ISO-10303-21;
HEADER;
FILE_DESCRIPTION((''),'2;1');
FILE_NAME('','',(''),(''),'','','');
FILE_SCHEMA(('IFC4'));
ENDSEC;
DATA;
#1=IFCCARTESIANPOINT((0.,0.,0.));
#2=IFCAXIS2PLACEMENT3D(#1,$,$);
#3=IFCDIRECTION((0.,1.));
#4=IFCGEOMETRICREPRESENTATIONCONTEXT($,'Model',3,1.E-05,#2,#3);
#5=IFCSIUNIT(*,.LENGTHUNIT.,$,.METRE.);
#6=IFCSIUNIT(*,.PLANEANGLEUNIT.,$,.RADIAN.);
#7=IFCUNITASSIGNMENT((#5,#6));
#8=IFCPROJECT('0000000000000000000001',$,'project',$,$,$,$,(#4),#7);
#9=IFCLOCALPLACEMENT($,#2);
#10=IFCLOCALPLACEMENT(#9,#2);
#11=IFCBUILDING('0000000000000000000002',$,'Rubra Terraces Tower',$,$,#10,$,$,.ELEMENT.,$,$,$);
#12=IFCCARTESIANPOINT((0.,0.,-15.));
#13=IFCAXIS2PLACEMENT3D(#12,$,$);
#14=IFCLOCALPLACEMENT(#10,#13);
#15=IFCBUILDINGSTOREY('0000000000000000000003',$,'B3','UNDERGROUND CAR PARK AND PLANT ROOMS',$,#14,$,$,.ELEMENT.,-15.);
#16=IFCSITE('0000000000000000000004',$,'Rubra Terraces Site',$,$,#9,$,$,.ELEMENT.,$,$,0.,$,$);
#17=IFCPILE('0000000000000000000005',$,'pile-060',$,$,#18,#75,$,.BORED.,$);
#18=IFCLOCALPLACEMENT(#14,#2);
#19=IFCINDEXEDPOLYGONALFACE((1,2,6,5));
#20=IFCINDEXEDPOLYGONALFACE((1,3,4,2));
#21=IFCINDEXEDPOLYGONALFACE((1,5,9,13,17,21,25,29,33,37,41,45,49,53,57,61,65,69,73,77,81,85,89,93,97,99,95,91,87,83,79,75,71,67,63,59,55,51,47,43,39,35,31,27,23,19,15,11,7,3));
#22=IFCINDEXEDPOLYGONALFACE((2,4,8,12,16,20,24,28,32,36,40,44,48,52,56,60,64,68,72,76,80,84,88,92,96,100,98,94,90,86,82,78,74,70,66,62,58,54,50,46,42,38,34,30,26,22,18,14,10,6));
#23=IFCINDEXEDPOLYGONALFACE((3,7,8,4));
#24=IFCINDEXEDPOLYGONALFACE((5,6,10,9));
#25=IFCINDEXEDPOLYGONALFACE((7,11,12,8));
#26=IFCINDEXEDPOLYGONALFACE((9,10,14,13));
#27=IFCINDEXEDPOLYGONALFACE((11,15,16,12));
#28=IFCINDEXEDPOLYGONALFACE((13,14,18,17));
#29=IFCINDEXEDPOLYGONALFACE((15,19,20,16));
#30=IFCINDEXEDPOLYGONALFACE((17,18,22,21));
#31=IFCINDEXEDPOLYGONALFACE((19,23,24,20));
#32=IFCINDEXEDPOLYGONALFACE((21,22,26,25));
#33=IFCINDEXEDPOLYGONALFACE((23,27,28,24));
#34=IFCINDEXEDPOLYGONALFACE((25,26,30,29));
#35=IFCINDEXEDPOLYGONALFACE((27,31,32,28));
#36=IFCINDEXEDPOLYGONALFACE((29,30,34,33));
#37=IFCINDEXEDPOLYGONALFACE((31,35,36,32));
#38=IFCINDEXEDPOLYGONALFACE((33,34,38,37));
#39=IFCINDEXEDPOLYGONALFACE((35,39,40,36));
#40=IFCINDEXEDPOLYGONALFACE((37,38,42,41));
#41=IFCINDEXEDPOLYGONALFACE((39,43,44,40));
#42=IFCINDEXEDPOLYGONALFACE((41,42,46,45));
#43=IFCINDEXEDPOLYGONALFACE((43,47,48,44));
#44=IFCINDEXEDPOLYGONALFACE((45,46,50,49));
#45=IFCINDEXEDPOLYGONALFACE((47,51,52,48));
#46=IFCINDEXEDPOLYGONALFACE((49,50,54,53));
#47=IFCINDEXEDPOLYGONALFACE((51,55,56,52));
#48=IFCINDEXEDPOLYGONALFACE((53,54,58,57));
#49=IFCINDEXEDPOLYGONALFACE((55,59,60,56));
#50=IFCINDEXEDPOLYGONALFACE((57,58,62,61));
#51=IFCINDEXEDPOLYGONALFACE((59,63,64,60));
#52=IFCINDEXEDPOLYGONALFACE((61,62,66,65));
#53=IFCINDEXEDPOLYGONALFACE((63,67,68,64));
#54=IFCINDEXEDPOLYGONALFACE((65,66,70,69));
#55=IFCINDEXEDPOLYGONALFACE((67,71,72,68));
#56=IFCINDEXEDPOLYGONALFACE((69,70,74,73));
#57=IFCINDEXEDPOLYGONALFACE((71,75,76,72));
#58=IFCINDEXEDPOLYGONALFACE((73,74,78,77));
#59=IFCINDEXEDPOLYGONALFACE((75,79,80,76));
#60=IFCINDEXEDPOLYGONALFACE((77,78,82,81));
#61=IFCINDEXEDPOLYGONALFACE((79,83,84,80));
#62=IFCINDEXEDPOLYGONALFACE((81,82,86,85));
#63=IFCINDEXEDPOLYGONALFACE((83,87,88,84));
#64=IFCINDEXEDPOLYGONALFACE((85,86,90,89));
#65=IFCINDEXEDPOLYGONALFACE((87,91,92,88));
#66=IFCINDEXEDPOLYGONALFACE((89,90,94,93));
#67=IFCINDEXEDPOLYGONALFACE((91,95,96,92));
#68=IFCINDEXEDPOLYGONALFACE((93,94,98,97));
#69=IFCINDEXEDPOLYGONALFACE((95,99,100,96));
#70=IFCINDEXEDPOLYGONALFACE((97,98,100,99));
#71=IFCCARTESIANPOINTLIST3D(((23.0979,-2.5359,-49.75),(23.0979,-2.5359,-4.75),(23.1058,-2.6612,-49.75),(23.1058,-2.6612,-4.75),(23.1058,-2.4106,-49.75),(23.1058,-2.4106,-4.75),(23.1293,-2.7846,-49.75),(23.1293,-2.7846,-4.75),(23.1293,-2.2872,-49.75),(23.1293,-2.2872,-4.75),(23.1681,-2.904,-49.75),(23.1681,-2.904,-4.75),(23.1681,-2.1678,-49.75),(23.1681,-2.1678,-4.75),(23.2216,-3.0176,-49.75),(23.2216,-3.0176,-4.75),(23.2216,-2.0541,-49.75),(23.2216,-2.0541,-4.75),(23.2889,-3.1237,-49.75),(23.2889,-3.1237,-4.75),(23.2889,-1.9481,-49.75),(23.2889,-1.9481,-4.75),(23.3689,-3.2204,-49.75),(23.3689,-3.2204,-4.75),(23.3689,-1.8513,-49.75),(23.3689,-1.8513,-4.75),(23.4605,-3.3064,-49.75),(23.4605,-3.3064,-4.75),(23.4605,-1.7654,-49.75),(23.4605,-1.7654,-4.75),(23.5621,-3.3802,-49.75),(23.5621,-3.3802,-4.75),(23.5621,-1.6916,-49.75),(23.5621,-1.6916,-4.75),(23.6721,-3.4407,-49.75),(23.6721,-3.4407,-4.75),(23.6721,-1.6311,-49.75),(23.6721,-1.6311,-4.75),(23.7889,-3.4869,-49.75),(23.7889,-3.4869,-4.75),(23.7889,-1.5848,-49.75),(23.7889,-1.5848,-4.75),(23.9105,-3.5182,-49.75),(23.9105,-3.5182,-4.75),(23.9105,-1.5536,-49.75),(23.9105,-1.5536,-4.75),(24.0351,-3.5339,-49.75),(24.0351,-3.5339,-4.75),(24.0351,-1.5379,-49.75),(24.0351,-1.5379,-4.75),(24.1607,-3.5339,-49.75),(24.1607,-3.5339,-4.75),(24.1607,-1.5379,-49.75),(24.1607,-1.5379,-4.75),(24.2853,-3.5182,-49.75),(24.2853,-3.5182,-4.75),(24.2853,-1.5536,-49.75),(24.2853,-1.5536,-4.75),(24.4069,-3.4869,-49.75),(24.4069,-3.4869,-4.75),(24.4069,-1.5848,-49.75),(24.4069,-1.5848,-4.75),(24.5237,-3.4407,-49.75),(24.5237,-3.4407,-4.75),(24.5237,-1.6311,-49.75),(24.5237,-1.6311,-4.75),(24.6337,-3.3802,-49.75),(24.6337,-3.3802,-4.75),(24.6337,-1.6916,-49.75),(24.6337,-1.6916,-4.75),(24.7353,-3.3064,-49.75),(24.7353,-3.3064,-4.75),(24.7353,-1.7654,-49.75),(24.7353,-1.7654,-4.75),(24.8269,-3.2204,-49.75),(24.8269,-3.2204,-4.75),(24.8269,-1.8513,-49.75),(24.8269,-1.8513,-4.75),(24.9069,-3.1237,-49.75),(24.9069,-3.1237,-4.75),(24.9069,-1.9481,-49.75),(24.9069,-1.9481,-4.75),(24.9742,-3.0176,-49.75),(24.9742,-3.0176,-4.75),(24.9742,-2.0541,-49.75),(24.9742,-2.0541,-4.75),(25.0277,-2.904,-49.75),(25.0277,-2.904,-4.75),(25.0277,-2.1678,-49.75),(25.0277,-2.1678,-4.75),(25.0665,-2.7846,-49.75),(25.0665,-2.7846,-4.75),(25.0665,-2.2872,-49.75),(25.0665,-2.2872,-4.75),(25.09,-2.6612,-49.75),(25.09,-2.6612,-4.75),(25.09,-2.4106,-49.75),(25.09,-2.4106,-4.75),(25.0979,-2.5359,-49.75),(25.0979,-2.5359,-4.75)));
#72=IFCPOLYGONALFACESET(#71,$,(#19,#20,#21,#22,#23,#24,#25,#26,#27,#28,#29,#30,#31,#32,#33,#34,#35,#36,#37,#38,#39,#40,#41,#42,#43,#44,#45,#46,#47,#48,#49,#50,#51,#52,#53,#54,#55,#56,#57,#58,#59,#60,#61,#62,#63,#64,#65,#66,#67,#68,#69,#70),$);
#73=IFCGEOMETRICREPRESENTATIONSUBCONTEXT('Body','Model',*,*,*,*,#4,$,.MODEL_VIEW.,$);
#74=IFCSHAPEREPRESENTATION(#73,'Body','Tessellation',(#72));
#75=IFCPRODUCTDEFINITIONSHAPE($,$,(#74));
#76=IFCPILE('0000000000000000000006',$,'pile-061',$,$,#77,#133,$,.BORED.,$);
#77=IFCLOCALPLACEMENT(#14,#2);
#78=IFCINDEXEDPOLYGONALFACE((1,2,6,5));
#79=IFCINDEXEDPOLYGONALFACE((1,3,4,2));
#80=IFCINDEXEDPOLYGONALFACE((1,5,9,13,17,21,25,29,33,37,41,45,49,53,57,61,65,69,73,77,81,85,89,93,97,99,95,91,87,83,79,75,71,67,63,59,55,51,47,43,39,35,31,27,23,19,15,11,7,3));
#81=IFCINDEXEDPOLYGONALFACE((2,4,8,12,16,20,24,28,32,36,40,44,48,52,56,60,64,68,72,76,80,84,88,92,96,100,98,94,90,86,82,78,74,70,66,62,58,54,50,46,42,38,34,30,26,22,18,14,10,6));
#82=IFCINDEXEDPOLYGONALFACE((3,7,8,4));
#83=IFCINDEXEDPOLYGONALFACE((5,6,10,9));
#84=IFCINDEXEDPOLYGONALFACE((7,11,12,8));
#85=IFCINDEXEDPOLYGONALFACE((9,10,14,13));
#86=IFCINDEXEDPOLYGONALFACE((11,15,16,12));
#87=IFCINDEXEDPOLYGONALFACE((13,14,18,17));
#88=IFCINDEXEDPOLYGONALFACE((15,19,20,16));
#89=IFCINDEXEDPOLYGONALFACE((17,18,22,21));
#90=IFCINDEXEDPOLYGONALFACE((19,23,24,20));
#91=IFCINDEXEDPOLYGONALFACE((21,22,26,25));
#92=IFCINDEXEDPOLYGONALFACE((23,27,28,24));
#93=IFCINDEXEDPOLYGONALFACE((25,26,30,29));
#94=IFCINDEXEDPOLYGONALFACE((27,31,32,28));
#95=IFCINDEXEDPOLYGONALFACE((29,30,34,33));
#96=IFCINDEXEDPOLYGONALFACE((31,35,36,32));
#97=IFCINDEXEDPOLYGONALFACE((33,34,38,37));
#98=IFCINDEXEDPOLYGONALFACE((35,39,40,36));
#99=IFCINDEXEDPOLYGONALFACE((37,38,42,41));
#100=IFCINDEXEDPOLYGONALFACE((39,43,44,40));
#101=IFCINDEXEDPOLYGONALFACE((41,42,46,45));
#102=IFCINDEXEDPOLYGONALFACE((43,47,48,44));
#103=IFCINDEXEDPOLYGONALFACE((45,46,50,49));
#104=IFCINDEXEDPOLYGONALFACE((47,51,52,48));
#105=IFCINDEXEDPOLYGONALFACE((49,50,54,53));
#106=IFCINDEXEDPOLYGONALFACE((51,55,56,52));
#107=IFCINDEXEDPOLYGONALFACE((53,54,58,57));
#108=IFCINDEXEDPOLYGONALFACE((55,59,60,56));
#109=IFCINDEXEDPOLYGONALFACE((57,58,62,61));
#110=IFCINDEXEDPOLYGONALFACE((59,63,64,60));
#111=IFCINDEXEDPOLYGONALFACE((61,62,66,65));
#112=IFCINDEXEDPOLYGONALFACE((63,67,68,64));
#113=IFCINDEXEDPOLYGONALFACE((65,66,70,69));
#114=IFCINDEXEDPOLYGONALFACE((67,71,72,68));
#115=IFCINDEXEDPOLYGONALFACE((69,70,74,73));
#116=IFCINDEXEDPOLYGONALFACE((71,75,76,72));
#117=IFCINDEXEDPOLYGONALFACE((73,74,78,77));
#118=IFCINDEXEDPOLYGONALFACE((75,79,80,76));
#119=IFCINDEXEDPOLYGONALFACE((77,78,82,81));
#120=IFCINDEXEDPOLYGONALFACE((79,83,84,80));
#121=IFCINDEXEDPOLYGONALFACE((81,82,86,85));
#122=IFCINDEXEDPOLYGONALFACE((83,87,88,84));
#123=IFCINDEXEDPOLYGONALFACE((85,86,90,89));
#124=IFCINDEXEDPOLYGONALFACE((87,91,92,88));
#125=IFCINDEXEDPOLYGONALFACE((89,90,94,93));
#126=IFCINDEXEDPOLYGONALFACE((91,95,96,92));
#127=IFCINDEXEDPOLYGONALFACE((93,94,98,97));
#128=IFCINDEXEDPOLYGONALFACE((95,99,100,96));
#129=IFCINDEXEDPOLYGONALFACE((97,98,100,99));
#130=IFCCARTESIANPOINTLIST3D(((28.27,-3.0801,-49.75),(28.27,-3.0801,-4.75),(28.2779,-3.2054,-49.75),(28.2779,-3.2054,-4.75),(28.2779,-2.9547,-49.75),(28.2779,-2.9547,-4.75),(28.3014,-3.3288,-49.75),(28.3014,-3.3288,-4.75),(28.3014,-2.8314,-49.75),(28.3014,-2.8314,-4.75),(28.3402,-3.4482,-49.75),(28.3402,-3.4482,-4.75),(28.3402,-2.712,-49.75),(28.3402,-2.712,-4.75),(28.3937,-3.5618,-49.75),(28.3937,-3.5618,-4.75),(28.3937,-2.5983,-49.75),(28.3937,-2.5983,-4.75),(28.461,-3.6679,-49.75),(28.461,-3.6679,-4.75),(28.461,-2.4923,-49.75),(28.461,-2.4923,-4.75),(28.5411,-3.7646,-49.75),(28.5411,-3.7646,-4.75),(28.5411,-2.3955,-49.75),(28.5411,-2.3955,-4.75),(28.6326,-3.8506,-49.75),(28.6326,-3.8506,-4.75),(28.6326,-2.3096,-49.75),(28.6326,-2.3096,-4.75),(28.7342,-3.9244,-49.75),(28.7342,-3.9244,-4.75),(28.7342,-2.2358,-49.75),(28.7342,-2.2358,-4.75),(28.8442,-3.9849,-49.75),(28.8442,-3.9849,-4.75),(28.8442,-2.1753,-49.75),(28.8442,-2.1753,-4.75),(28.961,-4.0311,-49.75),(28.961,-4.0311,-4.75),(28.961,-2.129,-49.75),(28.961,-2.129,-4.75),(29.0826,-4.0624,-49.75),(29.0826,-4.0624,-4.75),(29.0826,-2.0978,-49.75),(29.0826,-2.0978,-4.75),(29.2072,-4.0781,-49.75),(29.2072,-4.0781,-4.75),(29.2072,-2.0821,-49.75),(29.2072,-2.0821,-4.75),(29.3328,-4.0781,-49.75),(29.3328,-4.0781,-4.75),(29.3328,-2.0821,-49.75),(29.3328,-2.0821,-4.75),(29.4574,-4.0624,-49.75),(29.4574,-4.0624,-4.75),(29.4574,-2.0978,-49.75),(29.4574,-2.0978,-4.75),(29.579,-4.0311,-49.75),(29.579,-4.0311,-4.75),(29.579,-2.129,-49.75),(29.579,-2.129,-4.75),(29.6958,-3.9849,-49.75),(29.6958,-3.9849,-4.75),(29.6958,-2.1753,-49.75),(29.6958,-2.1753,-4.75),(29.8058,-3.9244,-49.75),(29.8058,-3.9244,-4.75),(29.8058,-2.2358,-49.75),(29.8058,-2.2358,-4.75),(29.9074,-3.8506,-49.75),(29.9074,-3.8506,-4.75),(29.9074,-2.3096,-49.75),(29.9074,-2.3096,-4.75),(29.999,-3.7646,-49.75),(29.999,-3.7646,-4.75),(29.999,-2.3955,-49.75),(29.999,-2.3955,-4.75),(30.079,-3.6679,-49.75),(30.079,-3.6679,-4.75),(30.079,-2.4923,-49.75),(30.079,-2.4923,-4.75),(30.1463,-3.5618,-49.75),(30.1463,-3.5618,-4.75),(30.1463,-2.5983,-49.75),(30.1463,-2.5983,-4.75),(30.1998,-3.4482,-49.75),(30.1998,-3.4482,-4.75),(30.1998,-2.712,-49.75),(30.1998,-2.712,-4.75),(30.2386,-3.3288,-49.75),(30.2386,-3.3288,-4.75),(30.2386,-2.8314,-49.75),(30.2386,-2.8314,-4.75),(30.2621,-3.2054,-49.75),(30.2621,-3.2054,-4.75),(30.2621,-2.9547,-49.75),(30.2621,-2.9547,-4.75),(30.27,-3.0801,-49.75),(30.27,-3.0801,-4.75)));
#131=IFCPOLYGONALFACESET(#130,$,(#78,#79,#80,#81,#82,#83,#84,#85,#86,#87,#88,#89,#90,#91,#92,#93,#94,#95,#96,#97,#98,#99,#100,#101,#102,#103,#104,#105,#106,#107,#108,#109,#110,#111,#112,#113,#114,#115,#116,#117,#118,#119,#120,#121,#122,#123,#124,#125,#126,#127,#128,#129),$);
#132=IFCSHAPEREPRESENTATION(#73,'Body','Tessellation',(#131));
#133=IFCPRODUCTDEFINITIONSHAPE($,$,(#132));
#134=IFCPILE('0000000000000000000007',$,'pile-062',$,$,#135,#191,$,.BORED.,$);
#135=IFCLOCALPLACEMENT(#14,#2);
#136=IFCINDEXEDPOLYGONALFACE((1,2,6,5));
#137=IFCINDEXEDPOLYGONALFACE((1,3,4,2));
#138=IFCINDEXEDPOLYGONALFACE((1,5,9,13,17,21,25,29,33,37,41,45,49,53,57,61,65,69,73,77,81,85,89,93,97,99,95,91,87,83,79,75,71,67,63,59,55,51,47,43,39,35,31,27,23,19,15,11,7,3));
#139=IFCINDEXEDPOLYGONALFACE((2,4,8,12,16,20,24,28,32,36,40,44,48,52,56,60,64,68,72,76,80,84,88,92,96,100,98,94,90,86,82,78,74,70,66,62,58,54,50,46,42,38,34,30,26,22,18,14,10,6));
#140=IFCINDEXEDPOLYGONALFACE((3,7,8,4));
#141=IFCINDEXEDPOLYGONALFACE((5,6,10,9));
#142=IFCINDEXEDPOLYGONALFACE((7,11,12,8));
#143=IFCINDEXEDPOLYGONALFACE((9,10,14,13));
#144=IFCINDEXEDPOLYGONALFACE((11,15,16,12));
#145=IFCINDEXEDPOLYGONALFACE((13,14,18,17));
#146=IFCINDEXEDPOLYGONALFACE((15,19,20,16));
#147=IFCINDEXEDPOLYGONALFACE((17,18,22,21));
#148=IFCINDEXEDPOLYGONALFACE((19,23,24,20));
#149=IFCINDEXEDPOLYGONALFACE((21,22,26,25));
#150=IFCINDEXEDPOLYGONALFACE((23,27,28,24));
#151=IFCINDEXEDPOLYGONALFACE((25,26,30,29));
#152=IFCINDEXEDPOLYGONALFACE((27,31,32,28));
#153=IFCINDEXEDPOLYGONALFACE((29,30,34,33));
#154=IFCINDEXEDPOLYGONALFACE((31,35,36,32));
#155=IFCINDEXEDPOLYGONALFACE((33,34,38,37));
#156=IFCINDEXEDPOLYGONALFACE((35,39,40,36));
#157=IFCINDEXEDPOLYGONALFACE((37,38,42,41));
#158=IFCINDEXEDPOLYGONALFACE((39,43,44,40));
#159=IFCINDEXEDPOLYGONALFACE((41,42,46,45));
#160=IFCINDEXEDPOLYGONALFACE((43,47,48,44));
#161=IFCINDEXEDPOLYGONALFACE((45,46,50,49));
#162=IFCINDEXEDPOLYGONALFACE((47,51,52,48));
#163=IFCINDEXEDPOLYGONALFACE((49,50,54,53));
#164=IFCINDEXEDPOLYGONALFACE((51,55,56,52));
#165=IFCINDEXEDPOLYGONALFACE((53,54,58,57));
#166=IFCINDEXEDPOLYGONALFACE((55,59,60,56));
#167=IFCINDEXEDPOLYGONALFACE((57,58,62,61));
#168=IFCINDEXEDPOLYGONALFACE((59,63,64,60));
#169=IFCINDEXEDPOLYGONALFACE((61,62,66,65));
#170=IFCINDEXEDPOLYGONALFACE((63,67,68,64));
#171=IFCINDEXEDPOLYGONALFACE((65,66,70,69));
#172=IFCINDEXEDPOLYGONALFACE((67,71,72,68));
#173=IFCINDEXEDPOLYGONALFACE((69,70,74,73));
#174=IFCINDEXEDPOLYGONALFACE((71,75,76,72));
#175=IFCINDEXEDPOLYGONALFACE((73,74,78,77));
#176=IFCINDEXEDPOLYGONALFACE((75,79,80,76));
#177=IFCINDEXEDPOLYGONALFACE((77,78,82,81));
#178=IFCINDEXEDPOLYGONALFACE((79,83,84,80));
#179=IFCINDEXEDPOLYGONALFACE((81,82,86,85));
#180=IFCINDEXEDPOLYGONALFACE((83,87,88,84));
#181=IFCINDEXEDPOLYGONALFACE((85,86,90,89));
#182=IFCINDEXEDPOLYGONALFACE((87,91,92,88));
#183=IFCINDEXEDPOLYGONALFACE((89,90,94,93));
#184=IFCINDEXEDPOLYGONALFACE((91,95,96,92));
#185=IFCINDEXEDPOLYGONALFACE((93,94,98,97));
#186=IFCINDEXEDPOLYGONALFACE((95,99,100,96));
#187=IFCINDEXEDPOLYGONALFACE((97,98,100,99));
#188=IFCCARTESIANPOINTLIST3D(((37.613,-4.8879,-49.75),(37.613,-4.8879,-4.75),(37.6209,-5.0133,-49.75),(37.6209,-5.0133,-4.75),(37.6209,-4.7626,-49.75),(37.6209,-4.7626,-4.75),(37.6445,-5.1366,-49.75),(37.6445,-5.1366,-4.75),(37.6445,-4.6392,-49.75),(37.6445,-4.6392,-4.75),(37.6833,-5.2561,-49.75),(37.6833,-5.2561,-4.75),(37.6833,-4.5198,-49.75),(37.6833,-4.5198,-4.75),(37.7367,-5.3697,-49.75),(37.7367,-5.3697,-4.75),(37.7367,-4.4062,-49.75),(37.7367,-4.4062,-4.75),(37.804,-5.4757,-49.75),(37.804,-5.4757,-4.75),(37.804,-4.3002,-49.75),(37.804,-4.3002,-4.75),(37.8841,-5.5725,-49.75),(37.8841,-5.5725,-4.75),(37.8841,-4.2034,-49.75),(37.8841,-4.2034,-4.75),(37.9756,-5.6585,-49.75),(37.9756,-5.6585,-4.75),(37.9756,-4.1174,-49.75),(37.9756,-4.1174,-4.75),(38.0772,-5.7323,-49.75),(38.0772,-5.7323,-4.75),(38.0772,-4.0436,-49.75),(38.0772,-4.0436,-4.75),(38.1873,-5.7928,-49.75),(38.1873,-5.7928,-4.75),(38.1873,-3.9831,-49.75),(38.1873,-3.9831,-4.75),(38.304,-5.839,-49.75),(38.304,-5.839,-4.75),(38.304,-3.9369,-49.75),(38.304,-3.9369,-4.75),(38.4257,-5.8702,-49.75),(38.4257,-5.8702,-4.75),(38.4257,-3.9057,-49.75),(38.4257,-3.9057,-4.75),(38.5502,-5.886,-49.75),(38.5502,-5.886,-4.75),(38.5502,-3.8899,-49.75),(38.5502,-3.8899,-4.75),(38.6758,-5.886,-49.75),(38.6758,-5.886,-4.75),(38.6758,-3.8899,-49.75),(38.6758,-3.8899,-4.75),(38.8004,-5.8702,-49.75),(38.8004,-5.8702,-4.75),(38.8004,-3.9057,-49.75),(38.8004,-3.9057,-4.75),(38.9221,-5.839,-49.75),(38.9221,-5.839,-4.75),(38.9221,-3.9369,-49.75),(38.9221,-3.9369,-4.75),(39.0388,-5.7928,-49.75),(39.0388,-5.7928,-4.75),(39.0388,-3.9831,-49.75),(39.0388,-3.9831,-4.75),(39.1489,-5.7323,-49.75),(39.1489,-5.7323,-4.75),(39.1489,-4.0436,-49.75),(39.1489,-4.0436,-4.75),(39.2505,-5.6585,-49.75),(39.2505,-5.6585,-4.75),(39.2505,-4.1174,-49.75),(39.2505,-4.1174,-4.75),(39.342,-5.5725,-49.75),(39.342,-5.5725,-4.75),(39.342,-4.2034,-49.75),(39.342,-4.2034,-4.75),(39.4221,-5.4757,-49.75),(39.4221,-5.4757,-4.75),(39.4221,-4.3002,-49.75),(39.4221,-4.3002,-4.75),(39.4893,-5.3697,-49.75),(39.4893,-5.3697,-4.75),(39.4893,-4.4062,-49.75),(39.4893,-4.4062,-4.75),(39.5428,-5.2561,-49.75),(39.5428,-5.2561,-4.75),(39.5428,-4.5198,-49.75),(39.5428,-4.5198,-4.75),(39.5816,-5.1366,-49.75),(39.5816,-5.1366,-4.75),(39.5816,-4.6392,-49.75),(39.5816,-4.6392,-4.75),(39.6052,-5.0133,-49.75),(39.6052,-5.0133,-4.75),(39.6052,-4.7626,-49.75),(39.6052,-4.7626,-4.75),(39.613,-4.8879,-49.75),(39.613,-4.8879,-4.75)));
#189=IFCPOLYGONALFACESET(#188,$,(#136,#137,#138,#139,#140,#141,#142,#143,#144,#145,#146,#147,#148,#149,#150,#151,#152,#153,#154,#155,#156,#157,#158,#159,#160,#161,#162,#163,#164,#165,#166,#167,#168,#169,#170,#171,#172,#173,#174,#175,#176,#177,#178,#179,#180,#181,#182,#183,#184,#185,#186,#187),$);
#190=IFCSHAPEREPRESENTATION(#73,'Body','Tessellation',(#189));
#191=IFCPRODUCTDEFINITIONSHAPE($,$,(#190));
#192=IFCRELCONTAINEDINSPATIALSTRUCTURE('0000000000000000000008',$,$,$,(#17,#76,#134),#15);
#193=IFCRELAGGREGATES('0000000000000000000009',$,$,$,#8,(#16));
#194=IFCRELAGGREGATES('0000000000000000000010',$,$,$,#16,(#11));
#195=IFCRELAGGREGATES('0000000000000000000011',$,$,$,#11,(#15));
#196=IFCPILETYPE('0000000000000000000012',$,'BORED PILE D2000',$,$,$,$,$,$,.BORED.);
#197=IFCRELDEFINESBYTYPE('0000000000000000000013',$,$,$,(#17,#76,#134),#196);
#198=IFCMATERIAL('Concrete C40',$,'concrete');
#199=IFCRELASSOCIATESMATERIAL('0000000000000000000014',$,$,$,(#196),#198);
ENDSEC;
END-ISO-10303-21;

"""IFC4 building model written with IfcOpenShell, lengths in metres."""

from ifc_helpers import new_model, si_unit, direction, frame, origin, origin_2d, place, context, subcontext, project, spatial, circle, extrude, material, material_profile, profile_set, type_object, element, save


model = new_model("IFC4")

# Units and contexts
model_context = context("Model", 3, precision=1e-05, world=origin(), true_north=direction((0.0, 1.0)))
body_context = subcontext(model_context, "Body", "Model", "MODEL_VIEW")
ifc_project = project(units=[si_unit("LENGTHUNIT", "METRE"), si_unit("PLANEANGLEUNIT", "RADIAN")], contexts=[model_context])

# Site, building, storey
site_placement = place(None, origin())
site = spatial("IfcSite", under=ifc_project, at=site_placement, Name="Rubra Terraces Site", CompositionType="ELEMENT", RefElevation=0.0)
building_placement = place(site_placement, origin())
building = spatial("IfcBuilding", under=site, at=building_placement, Name="Rubra Terraces Tower", CompositionType="ELEMENT")
storey_placement = place(building_placement, frame((0.0, 0.0, -15.0)))
storey = spatial("IfcBuildingStorey", under=building, at=storey_placement, Name="B3", Description="UNDERGROUND CAR PARK AND PLANT ROOMS", CompositionType="ELEMENT", Elevation=-15.0)

# Piles
ifc_material_1 = material(Name="Concrete C40", Category="concrete")
ifc_material_profile_1 = material_profile(ifc_material_1, circle(Radius=1.0, at=origin_2d()), Name="BORED PILE D2000")
ifc_profile_set_1 = profile_set([ifc_material_profile_1], Name="Concrete C40")
pile_type = type_object("IfcPileType", Name="BORED PILE D2000", PredefinedType="BORED", material=ifc_profile_set_1)
for number, where, z_axis, x_axis, name in (
    (1, (24.0979, -2.5359, -4.75), (0.0, 0.0, -1.0), (1.0, 0.0, 0.0), "pile-060"),
    (2, (29.27, -3.0801, -4.75), (0.0, 0.0, -1.0), (1.0, 0.0, 0.0), "pile-061"),
    (3, (38.613, -4.8879, -4.75), (0.0, 0.0, -1.0), (1.0, 0.0, 0.0), "pile-062"),
):
    element("IfcPile", number, at=place(storey_placement, frame(where, z_axis=z_axis, x_axis=x_axis)), inside=storey, type_object=pile_type, Name=name, PredefinedType="BORED", context=body_context, shape_type="SweptSolid", body=[
        extrude(circle(Radius=1.0, at=origin_2d()), origin(), (0.0, 0.0, 1.0), 45.0),
    ])

save(model, "model.ifc")
